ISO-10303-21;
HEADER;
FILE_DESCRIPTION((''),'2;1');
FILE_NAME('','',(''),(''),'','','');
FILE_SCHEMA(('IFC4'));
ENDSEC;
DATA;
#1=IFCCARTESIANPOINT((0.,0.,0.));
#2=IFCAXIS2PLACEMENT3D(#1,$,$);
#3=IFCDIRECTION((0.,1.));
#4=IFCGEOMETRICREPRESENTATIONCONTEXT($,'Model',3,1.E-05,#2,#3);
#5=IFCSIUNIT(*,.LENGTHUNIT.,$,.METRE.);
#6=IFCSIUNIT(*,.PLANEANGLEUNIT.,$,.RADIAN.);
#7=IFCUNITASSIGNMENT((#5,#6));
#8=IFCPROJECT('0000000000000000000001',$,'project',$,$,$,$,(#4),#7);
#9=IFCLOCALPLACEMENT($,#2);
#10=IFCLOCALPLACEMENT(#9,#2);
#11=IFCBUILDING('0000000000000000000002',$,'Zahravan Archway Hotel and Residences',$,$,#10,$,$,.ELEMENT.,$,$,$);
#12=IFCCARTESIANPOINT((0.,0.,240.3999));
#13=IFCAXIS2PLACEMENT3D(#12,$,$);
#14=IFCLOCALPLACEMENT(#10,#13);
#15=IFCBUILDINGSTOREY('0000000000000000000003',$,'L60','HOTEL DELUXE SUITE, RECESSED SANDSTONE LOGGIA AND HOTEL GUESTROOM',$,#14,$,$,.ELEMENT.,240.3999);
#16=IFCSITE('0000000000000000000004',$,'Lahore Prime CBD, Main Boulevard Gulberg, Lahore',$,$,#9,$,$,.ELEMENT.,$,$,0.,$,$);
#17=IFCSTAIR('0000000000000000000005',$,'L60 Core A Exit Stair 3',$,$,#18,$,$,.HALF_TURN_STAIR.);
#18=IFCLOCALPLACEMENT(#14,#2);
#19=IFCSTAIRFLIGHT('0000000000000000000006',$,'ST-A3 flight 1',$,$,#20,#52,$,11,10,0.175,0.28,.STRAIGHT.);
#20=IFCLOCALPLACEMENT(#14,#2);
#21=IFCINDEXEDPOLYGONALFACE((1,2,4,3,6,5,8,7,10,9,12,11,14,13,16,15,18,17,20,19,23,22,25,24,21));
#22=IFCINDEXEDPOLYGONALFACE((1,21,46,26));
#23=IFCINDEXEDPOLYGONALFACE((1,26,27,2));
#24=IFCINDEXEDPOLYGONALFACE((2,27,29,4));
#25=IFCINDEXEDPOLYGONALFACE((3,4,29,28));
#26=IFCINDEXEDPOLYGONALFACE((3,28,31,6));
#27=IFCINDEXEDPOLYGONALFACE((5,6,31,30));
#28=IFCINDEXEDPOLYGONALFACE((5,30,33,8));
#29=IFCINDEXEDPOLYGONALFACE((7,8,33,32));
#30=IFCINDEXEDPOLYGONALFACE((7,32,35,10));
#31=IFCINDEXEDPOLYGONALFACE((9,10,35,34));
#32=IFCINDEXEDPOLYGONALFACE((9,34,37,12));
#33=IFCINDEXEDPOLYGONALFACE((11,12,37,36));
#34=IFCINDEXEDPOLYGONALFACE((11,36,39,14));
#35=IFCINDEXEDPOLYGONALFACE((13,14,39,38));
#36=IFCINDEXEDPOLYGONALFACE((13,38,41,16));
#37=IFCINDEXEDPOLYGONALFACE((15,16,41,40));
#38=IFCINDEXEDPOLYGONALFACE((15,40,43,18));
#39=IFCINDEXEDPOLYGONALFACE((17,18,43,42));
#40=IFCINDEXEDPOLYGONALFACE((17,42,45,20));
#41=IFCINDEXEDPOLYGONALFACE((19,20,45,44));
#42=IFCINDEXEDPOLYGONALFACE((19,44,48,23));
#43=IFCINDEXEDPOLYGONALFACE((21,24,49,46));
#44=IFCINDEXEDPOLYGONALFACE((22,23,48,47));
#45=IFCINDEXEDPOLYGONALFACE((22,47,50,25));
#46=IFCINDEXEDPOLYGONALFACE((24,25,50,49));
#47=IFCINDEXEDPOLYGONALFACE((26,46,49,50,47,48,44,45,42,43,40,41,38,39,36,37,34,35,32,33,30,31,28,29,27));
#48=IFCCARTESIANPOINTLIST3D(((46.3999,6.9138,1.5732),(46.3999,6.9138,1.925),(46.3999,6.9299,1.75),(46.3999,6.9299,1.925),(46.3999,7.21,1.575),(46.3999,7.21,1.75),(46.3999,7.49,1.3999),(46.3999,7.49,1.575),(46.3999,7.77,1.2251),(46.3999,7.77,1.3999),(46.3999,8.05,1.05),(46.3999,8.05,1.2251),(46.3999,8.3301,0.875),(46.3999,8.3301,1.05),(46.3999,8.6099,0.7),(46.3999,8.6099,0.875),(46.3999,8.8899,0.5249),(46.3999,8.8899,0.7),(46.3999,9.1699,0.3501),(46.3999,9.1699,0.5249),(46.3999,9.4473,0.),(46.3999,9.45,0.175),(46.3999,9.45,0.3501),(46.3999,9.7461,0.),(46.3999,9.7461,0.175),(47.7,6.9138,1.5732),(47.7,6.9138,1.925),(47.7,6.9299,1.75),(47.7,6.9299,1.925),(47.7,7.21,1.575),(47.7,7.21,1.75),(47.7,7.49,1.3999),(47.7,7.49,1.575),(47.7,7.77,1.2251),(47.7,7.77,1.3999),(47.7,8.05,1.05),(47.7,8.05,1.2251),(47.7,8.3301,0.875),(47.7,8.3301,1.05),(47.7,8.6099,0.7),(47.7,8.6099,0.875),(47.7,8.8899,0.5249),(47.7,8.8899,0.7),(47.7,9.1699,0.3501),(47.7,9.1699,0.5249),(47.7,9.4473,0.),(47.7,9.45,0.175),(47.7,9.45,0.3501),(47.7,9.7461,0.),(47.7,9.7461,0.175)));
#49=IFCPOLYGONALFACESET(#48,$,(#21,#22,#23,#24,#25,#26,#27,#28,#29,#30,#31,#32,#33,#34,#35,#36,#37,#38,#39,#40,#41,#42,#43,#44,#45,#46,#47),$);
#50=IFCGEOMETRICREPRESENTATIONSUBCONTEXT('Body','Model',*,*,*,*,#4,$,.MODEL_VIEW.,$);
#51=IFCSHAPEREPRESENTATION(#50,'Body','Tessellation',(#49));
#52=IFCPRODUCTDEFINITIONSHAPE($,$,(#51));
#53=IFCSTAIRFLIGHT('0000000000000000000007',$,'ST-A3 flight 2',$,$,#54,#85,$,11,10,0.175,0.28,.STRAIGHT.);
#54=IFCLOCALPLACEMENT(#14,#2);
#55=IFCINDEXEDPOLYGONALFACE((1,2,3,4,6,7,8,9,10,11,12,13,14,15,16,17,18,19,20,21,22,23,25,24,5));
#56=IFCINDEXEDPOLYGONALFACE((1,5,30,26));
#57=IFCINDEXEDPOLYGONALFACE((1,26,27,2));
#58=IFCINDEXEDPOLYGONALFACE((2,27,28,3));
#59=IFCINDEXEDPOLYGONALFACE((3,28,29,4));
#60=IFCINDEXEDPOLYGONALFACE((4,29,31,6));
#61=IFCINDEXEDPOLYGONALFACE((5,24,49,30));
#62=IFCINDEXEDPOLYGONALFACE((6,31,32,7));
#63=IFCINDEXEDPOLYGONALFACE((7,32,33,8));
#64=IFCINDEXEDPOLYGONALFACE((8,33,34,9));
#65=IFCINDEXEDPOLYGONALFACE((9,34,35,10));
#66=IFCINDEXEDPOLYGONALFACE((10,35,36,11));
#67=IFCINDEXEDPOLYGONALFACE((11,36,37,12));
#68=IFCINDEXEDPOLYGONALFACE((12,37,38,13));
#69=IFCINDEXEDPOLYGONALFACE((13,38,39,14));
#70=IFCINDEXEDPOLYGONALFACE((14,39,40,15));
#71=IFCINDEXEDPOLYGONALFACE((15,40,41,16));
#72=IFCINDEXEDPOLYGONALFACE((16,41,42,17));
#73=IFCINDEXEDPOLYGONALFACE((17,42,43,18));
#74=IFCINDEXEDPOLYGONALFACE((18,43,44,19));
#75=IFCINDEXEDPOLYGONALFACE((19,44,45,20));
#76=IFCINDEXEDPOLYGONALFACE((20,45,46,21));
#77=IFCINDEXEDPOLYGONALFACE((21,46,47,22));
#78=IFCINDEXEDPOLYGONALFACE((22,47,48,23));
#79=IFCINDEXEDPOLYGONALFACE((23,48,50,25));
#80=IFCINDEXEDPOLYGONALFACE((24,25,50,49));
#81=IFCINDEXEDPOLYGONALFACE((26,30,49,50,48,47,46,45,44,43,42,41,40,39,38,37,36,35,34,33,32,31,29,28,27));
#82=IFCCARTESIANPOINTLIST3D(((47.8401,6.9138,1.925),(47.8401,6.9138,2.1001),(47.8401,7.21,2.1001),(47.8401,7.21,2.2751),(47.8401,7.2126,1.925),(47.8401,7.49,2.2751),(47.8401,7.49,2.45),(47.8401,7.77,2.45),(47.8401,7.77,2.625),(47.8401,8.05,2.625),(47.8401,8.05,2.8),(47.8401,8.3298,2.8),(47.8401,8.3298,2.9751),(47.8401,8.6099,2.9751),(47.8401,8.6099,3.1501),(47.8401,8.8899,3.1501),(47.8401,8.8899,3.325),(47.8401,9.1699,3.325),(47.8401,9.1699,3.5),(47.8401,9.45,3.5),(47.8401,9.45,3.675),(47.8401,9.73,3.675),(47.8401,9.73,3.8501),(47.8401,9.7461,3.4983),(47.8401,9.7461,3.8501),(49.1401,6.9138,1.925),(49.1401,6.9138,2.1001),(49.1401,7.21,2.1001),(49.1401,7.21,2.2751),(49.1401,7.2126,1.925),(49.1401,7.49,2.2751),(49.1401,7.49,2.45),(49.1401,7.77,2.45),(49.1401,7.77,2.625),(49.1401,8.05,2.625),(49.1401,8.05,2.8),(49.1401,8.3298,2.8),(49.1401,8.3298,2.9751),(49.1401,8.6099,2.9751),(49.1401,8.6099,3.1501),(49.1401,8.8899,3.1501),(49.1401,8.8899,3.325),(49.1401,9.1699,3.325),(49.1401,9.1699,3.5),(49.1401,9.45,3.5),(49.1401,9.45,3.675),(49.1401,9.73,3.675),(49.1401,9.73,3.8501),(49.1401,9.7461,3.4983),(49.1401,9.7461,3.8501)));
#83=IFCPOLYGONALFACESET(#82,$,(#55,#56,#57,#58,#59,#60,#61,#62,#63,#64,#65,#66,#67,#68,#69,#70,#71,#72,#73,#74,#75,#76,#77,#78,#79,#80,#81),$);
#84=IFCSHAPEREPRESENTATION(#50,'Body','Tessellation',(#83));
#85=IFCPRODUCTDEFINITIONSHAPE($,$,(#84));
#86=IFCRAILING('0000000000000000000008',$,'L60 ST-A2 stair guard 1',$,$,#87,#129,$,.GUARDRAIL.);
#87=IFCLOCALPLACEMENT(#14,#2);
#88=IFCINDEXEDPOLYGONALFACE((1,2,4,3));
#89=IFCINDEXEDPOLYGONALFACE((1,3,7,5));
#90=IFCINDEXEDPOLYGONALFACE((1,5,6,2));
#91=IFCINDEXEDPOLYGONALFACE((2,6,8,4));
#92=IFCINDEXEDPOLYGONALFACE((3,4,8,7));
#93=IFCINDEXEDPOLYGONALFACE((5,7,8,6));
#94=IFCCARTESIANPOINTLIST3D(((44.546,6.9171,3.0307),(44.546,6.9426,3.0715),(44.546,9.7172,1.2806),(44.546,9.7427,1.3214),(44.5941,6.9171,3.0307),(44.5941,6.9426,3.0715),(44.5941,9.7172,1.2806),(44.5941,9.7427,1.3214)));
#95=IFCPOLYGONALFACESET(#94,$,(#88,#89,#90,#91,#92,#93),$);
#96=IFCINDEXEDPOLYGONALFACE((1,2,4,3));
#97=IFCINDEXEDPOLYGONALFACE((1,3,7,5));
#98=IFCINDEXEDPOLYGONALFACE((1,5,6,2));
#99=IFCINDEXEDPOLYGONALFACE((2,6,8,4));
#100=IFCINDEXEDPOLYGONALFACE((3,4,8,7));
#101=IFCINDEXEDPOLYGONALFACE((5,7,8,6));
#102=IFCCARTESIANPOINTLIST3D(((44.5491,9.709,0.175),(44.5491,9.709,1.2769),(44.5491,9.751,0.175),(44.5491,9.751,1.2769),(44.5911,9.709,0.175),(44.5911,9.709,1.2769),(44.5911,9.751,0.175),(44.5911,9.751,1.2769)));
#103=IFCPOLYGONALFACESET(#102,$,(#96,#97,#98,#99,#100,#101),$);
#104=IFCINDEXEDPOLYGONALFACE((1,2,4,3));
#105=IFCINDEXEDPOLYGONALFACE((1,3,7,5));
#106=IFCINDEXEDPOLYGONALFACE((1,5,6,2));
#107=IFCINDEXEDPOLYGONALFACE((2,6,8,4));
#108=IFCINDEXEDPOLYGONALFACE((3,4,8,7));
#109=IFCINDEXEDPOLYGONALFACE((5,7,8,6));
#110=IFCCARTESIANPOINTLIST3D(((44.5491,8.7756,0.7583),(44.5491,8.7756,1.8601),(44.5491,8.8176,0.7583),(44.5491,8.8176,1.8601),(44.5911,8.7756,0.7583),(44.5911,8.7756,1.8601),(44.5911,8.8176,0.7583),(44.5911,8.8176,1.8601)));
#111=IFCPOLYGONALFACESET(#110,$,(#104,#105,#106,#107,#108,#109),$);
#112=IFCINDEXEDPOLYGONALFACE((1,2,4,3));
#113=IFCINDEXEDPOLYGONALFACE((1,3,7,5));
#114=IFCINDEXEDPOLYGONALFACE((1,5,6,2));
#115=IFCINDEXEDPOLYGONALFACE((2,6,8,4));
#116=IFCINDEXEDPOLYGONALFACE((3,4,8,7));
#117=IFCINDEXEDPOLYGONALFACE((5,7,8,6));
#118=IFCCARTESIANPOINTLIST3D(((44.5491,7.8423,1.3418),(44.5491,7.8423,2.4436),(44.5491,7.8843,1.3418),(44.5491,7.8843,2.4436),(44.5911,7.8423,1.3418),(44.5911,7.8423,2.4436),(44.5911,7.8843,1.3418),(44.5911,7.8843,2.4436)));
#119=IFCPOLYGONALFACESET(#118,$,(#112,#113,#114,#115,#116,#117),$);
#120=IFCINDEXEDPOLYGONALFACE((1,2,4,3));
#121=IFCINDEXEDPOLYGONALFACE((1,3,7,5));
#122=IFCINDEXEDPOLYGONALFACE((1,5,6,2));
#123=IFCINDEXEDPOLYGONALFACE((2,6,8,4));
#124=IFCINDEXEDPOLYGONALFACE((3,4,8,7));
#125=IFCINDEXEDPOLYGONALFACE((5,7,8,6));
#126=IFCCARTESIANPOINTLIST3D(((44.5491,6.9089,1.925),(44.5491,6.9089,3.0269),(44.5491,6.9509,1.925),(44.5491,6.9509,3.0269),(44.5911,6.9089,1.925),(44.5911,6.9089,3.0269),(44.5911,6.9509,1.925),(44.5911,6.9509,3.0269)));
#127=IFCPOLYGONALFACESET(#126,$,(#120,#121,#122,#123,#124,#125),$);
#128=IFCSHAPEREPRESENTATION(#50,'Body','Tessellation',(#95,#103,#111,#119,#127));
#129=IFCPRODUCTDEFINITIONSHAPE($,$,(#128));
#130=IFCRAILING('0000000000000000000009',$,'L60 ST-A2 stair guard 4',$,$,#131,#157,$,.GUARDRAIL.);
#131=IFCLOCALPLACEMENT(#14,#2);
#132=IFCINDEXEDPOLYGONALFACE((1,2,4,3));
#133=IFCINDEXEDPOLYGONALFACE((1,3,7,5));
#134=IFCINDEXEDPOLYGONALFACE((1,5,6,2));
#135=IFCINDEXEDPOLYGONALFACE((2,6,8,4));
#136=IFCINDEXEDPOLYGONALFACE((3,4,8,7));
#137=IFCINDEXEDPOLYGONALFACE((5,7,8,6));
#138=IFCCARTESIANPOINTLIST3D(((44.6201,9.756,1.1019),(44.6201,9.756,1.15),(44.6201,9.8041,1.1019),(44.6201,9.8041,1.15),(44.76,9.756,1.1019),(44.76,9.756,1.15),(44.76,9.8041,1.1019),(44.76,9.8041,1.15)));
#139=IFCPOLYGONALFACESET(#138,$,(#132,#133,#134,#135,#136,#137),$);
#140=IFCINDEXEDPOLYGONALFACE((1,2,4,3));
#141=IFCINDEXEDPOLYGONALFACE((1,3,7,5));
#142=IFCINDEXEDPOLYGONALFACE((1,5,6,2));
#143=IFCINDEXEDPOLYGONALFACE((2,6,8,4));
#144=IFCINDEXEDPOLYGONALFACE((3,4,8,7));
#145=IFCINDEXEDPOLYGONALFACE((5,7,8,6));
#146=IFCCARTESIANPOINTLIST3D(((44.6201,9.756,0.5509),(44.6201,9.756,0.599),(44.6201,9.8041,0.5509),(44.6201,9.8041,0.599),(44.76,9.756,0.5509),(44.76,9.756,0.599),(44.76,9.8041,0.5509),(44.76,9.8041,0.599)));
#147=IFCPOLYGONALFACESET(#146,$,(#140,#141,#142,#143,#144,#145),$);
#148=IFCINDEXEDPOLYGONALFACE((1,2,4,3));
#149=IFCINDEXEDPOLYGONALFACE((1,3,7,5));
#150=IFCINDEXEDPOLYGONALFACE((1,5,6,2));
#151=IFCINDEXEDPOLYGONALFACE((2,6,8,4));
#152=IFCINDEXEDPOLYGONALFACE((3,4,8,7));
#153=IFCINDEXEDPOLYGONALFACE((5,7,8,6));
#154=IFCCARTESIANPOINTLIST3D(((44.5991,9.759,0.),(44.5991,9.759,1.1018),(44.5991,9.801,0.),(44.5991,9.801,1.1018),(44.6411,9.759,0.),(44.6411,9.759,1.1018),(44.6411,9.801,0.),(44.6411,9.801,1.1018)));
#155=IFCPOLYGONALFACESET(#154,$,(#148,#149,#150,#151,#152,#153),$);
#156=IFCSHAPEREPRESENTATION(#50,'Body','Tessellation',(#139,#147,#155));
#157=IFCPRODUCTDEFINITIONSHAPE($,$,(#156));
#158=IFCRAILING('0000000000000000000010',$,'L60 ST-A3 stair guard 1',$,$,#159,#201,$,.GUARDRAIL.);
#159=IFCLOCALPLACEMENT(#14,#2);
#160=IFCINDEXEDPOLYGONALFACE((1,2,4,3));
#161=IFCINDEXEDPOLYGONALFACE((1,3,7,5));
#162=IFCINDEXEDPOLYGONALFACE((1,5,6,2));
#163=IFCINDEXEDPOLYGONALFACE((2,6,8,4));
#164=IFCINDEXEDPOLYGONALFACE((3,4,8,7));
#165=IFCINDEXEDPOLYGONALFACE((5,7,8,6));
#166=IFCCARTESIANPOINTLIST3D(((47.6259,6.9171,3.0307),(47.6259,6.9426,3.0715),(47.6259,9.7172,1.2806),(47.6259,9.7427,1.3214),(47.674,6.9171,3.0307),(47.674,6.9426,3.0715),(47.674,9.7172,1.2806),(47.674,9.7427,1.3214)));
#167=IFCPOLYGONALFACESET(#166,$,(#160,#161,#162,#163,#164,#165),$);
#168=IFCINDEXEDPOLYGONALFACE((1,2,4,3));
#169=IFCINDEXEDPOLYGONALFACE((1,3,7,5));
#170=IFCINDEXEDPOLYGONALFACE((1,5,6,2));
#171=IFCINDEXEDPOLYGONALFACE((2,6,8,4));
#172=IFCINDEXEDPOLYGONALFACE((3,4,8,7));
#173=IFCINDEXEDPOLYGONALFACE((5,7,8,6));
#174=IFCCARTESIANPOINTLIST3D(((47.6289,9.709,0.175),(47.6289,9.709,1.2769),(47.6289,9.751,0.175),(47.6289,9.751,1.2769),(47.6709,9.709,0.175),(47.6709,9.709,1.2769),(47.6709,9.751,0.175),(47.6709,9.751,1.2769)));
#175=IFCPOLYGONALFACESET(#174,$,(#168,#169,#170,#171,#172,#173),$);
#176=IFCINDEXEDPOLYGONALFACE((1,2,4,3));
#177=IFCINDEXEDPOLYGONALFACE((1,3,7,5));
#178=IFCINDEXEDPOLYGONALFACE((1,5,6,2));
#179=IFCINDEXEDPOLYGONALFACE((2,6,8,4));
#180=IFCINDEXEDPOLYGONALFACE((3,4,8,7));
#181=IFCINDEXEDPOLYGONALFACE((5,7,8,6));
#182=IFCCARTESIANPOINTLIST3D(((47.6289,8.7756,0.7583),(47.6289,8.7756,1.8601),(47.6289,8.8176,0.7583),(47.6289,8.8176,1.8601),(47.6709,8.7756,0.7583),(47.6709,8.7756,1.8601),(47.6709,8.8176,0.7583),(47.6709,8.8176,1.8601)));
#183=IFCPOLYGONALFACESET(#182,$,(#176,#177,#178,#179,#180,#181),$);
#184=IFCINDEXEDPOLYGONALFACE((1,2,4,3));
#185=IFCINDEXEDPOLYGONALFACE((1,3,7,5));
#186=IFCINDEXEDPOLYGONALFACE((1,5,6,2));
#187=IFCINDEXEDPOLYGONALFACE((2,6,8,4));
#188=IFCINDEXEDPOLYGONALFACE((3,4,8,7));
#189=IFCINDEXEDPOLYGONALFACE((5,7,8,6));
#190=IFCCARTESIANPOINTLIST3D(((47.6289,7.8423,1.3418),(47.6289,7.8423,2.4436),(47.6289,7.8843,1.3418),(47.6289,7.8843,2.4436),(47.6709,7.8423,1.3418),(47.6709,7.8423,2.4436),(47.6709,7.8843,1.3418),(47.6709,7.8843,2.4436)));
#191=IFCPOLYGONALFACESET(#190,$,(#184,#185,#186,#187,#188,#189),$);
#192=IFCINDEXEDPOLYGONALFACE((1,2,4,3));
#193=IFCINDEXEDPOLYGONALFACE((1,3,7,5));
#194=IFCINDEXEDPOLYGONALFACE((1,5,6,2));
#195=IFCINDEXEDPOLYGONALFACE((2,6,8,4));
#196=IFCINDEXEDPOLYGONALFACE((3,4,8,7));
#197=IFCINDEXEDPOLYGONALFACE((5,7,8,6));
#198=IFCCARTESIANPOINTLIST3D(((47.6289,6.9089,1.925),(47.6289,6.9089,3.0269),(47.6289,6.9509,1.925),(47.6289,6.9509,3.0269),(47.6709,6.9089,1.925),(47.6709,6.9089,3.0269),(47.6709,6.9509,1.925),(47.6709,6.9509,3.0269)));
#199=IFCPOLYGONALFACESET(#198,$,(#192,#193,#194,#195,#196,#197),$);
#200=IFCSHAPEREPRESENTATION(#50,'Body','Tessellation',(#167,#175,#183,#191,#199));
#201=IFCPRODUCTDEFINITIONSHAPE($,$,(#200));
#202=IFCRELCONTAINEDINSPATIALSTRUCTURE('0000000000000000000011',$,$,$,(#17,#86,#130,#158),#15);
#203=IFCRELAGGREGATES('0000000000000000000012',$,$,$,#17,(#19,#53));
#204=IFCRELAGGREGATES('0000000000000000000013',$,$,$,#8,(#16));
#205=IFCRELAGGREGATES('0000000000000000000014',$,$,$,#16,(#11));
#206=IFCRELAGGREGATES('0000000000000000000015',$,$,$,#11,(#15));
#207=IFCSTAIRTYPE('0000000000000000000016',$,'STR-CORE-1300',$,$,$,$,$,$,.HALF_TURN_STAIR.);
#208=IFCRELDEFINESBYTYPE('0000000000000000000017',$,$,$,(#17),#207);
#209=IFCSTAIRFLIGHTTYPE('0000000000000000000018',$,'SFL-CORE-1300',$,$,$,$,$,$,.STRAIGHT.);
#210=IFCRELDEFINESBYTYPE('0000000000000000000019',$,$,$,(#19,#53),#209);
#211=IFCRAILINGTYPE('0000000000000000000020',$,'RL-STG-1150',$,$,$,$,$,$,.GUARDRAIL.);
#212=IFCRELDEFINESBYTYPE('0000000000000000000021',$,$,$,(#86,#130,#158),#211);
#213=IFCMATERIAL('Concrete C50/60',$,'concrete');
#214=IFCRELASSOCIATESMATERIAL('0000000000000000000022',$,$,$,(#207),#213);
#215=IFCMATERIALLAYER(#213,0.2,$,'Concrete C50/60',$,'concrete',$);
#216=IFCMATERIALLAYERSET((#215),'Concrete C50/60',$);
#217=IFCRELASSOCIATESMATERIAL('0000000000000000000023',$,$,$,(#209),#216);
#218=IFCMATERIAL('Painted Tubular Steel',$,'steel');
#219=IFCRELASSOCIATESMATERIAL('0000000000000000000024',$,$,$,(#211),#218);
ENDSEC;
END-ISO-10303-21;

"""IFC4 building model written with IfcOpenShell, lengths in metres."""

from ifc_helpers import new_model, si_unit, direction, frame, origin, origin_2d, place, context, subcontext, project, spatial, polyline, rectangle, outline, extrude, source, transform, mapped, material, layer, layer_set, type_object, element, aggregate, save


model = new_model("IFC4")

# Units and contexts
model_context = context("Model", 3, precision=1e-05, world=origin(), true_north=direction((0.0, 1.0)))
body_context = subcontext(model_context, "Body", "Model", "MODEL_VIEW")
ifc_project = project(units=[si_unit("LENGTHUNIT", "METRE"), si_unit("PLANEANGLEUNIT", "RADIAN")], contexts=[model_context])

# Site, building, storey
site_placement = place(None, origin())
site = spatial("IfcSite", under=ifc_project, at=site_placement, Name="Lahore Prime CBD, Main Boulevard Gulberg, Lahore", CompositionType="ELEMENT", RefElevation=0.0)
building_placement = place(site_placement, origin())
building = spatial("IfcBuilding", under=site, at=building_placement, Name="Zahravan Archway Hotel and Residences", CompositionType="ELEMENT")
storey_placement = place(building_placement, frame((0.0, 0.0, 240.3999)))
storey = spatial("IfcBuildingStorey", under=building, at=storey_placement, Name="L60", Description="HOTEL DELUXE SUITE, RECESSED SANDSTONE LOGGIA AND HOTEL GUESTROOM", CompositionType="ELEMENT", Elevation=240.3999)

# Shared definitions
ifc_material_1 = material(Name="Concrete C50/60", Category="concrete")

# Shared definitions
stair_type = type_object("IfcStairType", Name="STR-CORE-1300", PredefinedType="HALF_TURN_STAIR", material=ifc_material_1)
ifc_layer_1 = layer(ifc_material_1, 0.2, Name="Concrete C50/60", Category="concrete")
ifc_layer_set_1 = layer_set([ifc_layer_1], Name="Concrete C50/60")
stair_flight_type = type_object("IfcStairFlightType", Name="SFL-CORE-1300", PredefinedType="STRAIGHT", material=ifc_layer_set_1)
shared_shape_1 = source(origin(), body_context, "Body", "SweptSolid", [
    extrude(outline(polyline([(-0.0161, 0.0), (-0.0161, 0.175), (0.28, 0.175), (0.28, 0.3501), (0.5601, 0.3501), (0.5601, 0.5249), (0.8401, 0.5249), (0.8401, 0.7), (1.1201, 0.7), (1.1201, 0.875), (1.3999, 0.875), (1.3999, 1.05), (1.6799, 1.05), (1.6799, 1.2251), (1.96, 1.2251), (1.96, 1.3999), (2.24, 1.3999), (2.24, 1.575), (2.52, 1.575), (2.52, 1.75), (2.8, 1.75), (2.8, 1.925), (2.8162, 1.925), (2.8162, 1.5732), (0.2827, 0.0), (-0.0161, 0.0)])), frame((0.0, 0.6499, 0.0), z_axis=(0.0, -1.0, 0.0), x_axis=(1.0, 0.0, 0.0)), (0.0, 0.0, 1.0), 1.3),
])

# Stair, stair flights
stair_1_placement = place(storey_placement, origin())
stair_1 = element("IfcStair", 1, at=stair_1_placement, inside=storey, type_object=stair_type, Name="L60 Core A Exit Stair 3", PredefinedType="HALF_TURN_STAIR")
stair_flight_1_placement = place(storey_placement, frame((47.05, 9.73, 0.0), z_axis=(0.0, 0.0, 1.0), x_axis=(0.0, -1.0, 0.0)))
stair_flight_1 = element("IfcStairFlight", 2, at=stair_flight_1_placement, type_object=stair_flight_type, Name="ST-A3 flight 1", NumberOfRisers=11, NumberOfTreads=10, PredefinedType="STRAIGHT", RiserHeight=0.175, TreadLength=0.28, context=body_context, shape_type="MappedRepresentation", body=[
    mapped(shared_shape_1, transform((0.0, 0.0, 0.0), scale=1.0)),
])
stair_flight_2_placement = place(storey_placement, frame((48.49, 6.9299, 1.925), z_axis=(0.0, 0.0, 1.0), x_axis=(0.0, 1.0, 0.0)))
stair_flight_2 = element("IfcStairFlight", 3, at=stair_flight_2_placement, type_object=stair_flight_type, Name="ST-A3 flight 2", NumberOfRisers=11, NumberOfTreads=10, PredefinedType="STRAIGHT", RiserHeight=0.175, TreadLength=0.28, context=body_context, shape_type="MappedRepresentation", body=[
    mapped(shared_shape_1, transform((0.0, 0.0, 0.0), scale=1.0)),
])
aggregate(stair_1, [stair_flight_1, stair_flight_2])

# Railings
ifc_material_2 = material(Name="Painted Tubular Steel", Category="steel")
railing_type_1 = type_object("IfcRailingType", Name="RL-STG-1150", PredefinedType="GUARDRAIL", material=ifc_material_2)
railing_1_placement = place(storey_placement, frame((44.5701, 9.73, 0.175)))
element("IfcRailing", 4, at=railing_1_placement, inside=storey, type_object=railing_type_1, Name="L60 ST-A2 stair guard 1", PredefinedType="GUARDRAIL", context=body_context, shape_type="SweptSolid", body=[
    extrude(rectangle(XDim=0.0481, YDim=0.0481, at=origin_2d()), frame((0.0, 0.0, 1.126), z_axis=(0.0, -0.848002, 0.529992), x_axis=(1.0, 0.0, 0.0)), (0.0, 0.0, 1.0), 3.302),
    extrude(rectangle(XDim=0.042, YDim=0.042, at=origin_2d()), origin(), (0.0, 0.0, 1.0), 1.1018),
    extrude(rectangle(XDim=0.042, YDim=0.042, at=origin_2d()), frame((0.0, -0.9333, 0.5833)), (0.0, 0.0, 1.0), 1.1018),
    extrude(rectangle(XDim=0.042, YDim=0.042, at=origin_2d()), frame((0.0, -1.8667, 1.1667)), (0.0, 0.0, 1.0), 1.1018),
    extrude(rectangle(XDim=0.042, YDim=0.042, at=origin_2d()), frame((0.0, -2.8, 1.75)), (0.0, 0.0, 1.0), 1.1018),
])
railing_2_placement = place(storey_placement, frame((44.6201, 9.78, 0.0)))
element("IfcRailing", 5, at=railing_2_placement, inside=storey, type_object=railing_type_1, Name="L60 ST-A2 stair guard 4", PredefinedType="GUARDRAIL", context=body_context, shape_type="SweptSolid", body=[
    extrude(rectangle(XDim=0.0481, YDim=0.0481, at=origin_2d()), frame((0.0, 0.0, 1.126), z_axis=(1.0, 0.0, 0.0), x_axis=(0.0, 1.0, 0.0)), (0.0, 0.0, 1.0), 0.1399),
    extrude(rectangle(XDim=0.0481, YDim=0.0481, at=origin_2d()), frame((0.0, 0.0, 0.575), z_axis=(1.0, 0.0, 0.0), x_axis=(0.0, 1.0, 0.0)), (0.0, 0.0, 1.0), 0.1399),
    extrude(rectangle(XDim=0.042, YDim=0.042, at=origin_2d()), origin(), (0.0, 0.0, 1.0), 1.1018),
])
railing_3_placement = place(storey_placement, frame((47.6499, 9.73, 0.175)))
element("IfcRailing", 6, at=railing_3_placement, inside=storey, type_object=railing_type_1, Name="L60 ST-A3 stair guard 1", PredefinedType="GUARDRAIL", context=body_context, shape_type="SweptSolid", body=[
    extrude(rectangle(XDim=0.0481, YDim=0.0481, at=origin_2d()), frame((0.0, 0.0, 1.126), z_axis=(0.0, -0.848002, 0.529992), x_axis=(1.0, 0.0, 0.0)), (0.0, 0.0, 1.0), 3.302),
    extrude(rectangle(XDim=0.042, YDim=0.042, at=origin_2d()), origin(), (0.0, 0.0, 1.0), 1.1018),
    extrude(rectangle(XDim=0.042, YDim=0.042, at=origin_2d()), frame((0.0, -0.9333, 0.5833)), (0.0, 0.0, 1.0), 1.1018),
    extrude(rectangle(XDim=0.042, YDim=0.042, at=origin_2d()), frame((0.0, -1.8667, 1.1667)), (0.0, 0.0, 1.0), 1.1018),
    extrude(rectangle(XDim=0.042, YDim=0.042, at=origin_2d()), frame((0.0, -2.8, 1.75)), (0.0, 0.0, 1.0), 1.1018),
])

save(model, "model.ifc")
